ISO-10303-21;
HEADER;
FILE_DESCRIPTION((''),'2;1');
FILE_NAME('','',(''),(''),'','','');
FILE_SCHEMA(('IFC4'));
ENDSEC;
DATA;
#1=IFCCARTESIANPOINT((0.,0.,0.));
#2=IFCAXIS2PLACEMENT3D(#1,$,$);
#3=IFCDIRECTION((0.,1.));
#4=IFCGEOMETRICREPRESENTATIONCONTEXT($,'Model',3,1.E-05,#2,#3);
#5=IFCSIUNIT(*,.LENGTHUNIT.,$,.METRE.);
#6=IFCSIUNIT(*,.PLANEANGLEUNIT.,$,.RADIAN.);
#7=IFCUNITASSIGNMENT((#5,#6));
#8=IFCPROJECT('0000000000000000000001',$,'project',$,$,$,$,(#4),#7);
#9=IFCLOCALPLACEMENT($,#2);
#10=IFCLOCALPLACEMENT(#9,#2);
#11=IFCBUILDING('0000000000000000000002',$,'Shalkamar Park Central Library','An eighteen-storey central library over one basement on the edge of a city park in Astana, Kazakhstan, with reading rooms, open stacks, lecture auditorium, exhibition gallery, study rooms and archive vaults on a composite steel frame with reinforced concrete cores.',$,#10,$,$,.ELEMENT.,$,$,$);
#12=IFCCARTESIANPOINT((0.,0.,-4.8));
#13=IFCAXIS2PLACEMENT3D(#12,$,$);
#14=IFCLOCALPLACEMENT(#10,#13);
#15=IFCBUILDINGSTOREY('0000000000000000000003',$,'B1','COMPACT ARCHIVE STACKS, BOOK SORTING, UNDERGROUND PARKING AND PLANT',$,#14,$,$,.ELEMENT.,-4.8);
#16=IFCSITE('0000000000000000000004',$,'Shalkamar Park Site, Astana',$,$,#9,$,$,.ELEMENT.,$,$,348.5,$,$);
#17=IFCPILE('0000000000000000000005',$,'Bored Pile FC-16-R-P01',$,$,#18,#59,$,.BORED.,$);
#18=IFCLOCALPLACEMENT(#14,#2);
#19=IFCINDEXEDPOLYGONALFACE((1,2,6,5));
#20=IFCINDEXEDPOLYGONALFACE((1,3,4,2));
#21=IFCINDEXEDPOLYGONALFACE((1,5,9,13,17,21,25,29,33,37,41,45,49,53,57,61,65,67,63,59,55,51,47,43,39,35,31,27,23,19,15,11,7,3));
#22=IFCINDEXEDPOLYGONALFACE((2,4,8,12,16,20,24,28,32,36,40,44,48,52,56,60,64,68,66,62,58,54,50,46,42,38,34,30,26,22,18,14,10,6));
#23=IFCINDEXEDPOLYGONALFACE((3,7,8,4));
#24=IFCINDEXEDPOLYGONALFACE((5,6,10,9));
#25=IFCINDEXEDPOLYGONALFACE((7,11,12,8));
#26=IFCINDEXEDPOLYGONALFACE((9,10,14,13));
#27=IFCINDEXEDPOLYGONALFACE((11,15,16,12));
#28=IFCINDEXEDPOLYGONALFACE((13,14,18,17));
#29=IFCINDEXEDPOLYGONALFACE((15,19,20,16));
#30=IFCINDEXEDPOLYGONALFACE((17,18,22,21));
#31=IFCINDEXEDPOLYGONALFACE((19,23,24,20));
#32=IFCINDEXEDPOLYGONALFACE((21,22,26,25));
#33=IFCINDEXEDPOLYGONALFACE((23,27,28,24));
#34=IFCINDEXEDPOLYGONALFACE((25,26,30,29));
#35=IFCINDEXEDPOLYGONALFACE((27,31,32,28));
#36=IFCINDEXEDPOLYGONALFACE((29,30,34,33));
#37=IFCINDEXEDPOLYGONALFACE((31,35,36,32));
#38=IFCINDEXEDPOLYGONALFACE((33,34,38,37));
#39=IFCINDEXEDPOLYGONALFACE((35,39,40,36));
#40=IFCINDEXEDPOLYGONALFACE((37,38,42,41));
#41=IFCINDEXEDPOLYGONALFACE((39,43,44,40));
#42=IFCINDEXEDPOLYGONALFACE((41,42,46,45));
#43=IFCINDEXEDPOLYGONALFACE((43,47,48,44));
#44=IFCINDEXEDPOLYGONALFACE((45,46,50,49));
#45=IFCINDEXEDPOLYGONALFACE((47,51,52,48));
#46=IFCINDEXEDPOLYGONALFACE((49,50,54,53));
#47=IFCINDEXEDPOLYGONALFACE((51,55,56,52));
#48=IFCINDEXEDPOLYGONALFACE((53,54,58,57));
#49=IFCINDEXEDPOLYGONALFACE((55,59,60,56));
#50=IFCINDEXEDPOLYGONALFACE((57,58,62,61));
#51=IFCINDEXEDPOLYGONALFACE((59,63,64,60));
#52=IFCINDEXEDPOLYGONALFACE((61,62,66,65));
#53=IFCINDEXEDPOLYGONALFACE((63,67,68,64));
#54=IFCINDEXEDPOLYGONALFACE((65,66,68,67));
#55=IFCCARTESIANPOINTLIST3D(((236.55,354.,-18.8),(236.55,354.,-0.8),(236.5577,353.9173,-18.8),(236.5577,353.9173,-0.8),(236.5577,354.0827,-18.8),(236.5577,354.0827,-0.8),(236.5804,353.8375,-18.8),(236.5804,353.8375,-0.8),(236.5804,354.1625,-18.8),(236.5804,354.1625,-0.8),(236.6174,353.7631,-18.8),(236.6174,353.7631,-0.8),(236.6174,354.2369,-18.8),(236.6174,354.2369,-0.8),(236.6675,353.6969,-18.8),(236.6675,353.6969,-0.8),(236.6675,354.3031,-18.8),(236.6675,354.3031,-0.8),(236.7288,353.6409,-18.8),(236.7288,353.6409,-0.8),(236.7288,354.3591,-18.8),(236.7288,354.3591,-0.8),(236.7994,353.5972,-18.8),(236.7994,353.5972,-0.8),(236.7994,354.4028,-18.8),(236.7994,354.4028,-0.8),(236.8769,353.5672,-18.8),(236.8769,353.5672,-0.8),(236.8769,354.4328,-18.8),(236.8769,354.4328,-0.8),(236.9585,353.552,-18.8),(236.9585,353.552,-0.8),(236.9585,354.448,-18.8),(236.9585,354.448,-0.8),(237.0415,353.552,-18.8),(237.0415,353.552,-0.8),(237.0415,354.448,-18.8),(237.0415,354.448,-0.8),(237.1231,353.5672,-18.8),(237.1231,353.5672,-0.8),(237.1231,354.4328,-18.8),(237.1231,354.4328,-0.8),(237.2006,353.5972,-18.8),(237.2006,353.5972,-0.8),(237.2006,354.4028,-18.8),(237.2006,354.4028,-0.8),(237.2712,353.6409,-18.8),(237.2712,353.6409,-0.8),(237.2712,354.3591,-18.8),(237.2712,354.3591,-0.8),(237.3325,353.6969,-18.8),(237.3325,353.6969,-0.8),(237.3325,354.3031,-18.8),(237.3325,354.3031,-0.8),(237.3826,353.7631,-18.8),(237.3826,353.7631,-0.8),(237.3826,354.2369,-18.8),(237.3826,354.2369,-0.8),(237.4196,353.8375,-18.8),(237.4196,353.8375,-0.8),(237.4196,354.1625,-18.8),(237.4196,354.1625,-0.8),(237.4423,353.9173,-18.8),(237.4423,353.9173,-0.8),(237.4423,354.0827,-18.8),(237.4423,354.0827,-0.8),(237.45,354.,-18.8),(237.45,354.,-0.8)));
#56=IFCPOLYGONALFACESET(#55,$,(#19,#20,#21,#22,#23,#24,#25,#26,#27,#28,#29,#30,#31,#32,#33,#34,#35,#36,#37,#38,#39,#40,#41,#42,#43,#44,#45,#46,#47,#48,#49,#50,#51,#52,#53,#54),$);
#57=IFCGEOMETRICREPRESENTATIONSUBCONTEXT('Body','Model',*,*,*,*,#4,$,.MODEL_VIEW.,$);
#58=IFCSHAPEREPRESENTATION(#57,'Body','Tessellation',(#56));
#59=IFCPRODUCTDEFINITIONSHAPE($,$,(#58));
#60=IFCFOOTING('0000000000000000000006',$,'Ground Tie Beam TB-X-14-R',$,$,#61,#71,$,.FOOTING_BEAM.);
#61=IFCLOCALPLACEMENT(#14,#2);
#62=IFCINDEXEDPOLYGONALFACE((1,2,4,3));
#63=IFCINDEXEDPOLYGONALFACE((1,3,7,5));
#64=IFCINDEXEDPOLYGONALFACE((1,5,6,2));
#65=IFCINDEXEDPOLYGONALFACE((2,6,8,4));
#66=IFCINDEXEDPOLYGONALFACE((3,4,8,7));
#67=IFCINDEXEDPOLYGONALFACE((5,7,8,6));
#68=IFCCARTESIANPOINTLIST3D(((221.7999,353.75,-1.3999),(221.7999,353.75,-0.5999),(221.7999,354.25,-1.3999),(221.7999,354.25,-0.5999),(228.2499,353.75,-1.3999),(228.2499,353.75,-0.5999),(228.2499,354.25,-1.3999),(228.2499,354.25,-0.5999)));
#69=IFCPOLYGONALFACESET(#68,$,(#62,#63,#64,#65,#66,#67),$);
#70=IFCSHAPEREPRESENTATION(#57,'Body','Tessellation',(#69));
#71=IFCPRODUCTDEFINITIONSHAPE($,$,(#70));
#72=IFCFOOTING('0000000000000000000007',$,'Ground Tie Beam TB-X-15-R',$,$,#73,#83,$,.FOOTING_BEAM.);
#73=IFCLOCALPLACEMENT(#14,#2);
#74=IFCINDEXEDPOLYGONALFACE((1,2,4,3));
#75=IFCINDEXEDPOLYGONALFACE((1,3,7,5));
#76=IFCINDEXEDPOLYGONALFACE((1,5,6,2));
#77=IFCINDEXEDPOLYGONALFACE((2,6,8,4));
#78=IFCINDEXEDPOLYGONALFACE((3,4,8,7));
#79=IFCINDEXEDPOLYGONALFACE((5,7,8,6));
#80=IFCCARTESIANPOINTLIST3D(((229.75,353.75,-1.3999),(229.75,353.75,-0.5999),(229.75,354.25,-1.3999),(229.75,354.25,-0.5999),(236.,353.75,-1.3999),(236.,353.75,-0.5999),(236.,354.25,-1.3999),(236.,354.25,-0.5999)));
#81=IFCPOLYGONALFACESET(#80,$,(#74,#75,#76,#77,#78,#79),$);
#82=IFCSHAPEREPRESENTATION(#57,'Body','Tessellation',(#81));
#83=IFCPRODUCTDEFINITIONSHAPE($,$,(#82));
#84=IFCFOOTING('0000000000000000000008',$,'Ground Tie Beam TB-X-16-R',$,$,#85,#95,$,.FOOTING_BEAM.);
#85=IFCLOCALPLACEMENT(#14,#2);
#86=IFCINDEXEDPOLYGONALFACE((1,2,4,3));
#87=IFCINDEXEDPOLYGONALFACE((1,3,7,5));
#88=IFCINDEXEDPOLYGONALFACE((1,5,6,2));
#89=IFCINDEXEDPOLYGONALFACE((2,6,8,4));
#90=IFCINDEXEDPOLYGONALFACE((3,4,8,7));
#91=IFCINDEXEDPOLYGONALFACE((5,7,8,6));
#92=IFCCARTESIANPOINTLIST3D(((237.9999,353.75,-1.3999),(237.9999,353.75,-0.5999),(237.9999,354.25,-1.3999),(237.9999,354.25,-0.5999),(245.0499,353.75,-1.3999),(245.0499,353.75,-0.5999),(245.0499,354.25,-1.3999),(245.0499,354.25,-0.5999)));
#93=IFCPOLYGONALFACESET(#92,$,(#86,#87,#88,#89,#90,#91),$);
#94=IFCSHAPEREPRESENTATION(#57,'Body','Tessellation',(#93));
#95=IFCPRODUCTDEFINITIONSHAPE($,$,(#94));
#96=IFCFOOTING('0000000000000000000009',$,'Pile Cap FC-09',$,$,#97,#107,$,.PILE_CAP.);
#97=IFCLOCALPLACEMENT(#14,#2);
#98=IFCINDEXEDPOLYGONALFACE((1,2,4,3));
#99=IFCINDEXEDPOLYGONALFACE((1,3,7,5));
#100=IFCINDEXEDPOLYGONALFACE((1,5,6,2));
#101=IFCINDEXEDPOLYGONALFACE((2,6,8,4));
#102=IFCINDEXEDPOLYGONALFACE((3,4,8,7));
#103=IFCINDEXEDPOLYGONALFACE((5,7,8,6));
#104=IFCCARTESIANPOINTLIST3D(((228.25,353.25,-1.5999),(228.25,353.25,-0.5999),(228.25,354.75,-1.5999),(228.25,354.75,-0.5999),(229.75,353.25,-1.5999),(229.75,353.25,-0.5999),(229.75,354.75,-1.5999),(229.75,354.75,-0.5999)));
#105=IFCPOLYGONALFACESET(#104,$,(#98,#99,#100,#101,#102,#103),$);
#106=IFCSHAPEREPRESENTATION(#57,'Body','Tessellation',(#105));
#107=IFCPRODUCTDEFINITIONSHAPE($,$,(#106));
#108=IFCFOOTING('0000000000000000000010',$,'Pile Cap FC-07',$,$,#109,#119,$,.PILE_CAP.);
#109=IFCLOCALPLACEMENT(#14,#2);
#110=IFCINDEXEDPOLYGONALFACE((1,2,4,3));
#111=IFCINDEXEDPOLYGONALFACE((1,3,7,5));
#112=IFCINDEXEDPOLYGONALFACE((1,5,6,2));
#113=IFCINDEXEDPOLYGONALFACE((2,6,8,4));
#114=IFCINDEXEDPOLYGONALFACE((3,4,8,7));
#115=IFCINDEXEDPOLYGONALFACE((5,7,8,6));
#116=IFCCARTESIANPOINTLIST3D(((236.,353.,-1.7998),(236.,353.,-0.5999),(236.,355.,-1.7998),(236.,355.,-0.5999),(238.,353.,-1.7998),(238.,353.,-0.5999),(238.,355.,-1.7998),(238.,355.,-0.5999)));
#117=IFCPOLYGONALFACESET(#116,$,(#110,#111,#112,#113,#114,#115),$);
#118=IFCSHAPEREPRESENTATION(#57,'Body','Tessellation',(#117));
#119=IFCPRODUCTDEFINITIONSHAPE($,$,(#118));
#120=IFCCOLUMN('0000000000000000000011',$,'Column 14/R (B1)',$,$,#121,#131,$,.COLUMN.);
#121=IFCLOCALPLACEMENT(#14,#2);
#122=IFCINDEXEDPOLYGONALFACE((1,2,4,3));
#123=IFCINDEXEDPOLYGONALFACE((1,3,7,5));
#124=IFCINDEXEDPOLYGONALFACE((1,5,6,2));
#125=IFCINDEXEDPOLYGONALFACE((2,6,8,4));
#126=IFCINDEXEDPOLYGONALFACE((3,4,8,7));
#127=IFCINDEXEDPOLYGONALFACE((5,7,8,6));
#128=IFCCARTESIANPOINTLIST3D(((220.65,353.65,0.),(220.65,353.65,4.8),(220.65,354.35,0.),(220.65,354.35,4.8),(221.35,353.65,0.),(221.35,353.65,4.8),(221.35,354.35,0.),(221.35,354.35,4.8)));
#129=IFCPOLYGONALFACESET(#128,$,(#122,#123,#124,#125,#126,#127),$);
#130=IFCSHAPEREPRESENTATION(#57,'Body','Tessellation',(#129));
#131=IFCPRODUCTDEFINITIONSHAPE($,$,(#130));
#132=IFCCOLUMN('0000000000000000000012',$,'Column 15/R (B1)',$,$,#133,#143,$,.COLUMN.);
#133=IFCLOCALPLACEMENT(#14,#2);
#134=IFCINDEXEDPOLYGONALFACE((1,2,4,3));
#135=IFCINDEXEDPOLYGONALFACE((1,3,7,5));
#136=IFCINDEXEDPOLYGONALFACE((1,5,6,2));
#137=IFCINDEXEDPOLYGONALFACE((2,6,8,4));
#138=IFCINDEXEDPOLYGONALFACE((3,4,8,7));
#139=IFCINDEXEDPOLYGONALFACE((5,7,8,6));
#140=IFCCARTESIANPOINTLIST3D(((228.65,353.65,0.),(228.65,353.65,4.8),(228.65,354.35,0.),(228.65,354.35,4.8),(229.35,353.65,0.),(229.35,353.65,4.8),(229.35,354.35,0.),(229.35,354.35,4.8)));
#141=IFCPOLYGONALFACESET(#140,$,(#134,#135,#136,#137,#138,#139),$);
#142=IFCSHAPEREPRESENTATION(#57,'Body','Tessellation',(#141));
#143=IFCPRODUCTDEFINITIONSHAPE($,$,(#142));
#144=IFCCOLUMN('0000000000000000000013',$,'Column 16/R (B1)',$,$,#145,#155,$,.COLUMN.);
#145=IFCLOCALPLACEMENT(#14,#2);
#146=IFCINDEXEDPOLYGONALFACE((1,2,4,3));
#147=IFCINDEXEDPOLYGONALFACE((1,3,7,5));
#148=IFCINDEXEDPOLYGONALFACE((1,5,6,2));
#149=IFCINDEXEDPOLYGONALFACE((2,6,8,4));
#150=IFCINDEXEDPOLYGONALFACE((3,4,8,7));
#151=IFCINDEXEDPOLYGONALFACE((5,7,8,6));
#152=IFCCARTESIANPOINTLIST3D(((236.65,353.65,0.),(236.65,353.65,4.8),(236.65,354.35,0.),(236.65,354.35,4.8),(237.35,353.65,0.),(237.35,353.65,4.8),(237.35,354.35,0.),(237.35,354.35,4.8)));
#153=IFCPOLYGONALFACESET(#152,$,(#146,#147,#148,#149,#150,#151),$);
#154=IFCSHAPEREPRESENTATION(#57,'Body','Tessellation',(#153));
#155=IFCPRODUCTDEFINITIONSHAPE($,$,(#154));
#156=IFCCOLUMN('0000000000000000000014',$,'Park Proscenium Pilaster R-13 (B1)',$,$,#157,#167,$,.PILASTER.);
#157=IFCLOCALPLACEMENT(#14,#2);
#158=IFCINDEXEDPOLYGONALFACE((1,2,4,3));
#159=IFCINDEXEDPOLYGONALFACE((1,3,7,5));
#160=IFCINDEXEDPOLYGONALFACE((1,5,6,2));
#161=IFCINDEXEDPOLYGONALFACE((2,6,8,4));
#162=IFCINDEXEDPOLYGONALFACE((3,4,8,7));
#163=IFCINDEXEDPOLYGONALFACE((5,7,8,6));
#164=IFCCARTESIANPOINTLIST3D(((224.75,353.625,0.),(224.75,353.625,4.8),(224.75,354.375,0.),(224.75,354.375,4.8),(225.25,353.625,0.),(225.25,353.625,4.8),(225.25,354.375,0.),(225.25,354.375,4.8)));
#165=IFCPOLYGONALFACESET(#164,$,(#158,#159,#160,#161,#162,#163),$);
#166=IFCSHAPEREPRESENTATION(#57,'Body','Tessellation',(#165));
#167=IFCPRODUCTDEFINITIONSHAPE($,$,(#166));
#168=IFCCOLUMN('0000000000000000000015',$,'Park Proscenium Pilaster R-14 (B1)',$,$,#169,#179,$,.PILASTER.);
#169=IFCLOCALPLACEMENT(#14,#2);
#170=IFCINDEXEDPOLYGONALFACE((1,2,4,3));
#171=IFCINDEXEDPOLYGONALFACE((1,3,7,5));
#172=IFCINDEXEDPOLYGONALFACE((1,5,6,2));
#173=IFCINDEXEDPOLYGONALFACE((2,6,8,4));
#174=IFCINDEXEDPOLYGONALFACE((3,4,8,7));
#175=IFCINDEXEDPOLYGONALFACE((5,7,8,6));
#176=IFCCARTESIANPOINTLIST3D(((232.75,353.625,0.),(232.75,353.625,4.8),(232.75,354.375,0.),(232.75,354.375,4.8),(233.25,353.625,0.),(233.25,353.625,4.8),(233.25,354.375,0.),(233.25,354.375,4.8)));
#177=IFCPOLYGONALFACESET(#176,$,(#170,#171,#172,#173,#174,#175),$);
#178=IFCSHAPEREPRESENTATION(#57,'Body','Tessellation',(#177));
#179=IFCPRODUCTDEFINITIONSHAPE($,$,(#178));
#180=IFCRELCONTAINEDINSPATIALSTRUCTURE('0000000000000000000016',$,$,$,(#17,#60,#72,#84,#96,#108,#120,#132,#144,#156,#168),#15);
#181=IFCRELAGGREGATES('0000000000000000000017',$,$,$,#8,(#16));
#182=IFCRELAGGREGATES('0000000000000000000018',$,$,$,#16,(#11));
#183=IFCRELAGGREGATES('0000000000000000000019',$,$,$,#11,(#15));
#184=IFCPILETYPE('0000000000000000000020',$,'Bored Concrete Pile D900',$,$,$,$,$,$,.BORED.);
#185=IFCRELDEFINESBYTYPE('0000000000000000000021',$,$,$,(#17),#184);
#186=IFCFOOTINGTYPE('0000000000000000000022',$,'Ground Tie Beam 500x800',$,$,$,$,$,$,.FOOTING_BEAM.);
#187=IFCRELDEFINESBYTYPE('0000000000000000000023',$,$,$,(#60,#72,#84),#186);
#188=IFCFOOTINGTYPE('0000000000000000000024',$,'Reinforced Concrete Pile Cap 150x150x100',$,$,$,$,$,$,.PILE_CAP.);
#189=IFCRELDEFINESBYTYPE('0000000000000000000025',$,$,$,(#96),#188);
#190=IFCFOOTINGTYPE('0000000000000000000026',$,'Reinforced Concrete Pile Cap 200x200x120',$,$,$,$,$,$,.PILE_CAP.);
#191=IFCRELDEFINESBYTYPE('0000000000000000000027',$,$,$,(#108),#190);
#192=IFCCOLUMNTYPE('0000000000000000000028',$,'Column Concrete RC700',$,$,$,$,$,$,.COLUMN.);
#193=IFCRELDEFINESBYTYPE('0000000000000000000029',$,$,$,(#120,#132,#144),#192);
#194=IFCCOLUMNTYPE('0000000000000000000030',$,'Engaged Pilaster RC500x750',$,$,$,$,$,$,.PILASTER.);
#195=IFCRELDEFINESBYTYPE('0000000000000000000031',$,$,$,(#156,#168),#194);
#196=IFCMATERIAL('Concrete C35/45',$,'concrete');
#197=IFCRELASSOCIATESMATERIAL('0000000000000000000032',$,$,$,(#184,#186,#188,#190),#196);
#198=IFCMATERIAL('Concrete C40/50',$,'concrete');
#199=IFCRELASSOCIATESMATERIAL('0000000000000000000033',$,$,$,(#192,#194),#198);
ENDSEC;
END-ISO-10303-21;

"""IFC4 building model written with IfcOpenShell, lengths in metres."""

from ifc_helpers import new_model, si_unit, direction, frame, origin, origin_2d, place, context, subcontext, project, spatial, rectangle, circle, extrude, material, material_profile, profile_set, type_object, element, save


model = new_model("IFC4")

# Units and contexts
model_context = context("Model", 3, precision=1e-05, world=origin(), true_north=direction((0.0, 1.0)))
body_context = subcontext(model_context, "Body", "Model", "MODEL_VIEW")
ifc_project = project(units=[si_unit("LENGTHUNIT", "METRE"), si_unit("PLANEANGLEUNIT", "RADIAN")], contexts=[model_context])

# Site, building, storey
site_placement = place(None, origin())
site = spatial("IfcSite", under=ifc_project, at=site_placement, Name="Shalkamar Park Site, Astana", CompositionType="ELEMENT", RefElevation=348.5)
building_placement = place(site_placement, origin())
building = spatial("IfcBuilding", under=site, at=building_placement, Name="Shalkamar Park Central Library", Description="An eighteen-storey central library over one basement on the edge of a city park in Astana, Kazakhstan, with reading rooms, open stacks, lecture auditorium, exhibition gallery, study rooms and archive vaults on a composite steel frame with reinforced concrete cores.", CompositionType="ELEMENT")
storey_placement = place(building_placement, frame((0.0, 0.0, -4.8)))
storey = spatial("IfcBuildingStorey", under=building, at=storey_placement, Name="B1", Description="COMPACT ARCHIVE STACKS, BOOK SORTING, UNDERGROUND PARKING AND PLANT", CompositionType="ELEMENT", Elevation=-4.8)

# Pile
ifc_material_1 = material(Name="Concrete C35/45", Category="concrete")
ifc_material_profile_1 = material_profile(ifc_material_1, circle(Radius=0.45, at=origin_2d()), Name="PILE D900")
ifc_profile_set_1 = profile_set([ifc_material_profile_1], Name="Concrete C35/45")
pile_type_1 = type_object("IfcPileType", Name="Bored Concrete Pile D900", PredefinedType="BORED", material=ifc_profile_set_1)
pile_placement = place(storey_placement, frame((237.0, 354.0, -0.8), z_axis=(0.0, 0.0, -1.0), x_axis=(1.0, 0.0, 0.0)))
element("IfcPile", 1, at=pile_placement, inside=storey, type_object=pile_type_1, Name="Bored Pile FC-16-R-P01", PredefinedType="BORED", context=body_context, shape_type="SweptSolid", body=[
    extrude(circle(Radius=0.45, at=origin_2d()), origin(), (0.0, 0.0, 1.0), 18.0),
])

# Footings
footing_type_1 = type_object("IfcFootingType", Name="Ground Tie Beam 500x800", PredefinedType="FOOTING_BEAM", material=ifc_material_1)
footing_1_placement = place(storey_placement, frame((225.0249, 354.0, -1.3999), z_axis=(0.0, 0.0, 1.0), x_axis=(1.0, 0.0, 0.0)))
element("IfcFooting", 2, at=footing_1_placement, inside=storey, type_object=footing_type_1, Name="Ground Tie Beam TB-X-14-R", PredefinedType="FOOTING_BEAM", context=body_context, shape_type="SweptSolid", body=[
    extrude(rectangle(XDim=6.45, YDim=0.5, at=origin_2d()), origin(), (0.0, 0.0, 1.0), 0.8),
])
footing_2_placement = place(storey_placement, frame((232.875, 354.0, -1.3999), z_axis=(0.0, 0.0, 1.0), x_axis=(1.0, 0.0, 0.0)))
element("IfcFooting", 3, at=footing_2_placement, inside=storey, type_object=footing_type_1, Name="Ground Tie Beam TB-X-15-R", PredefinedType="FOOTING_BEAM", context=body_context, shape_type="SweptSolid", body=[
    extrude(rectangle(XDim=6.25, YDim=0.5, at=origin_2d()), origin(), (0.0, 0.0, 1.0), 0.8),
])
footing_3_placement = place(storey_placement, frame((241.5249, 354.0, -1.3999), z_axis=(0.0, 0.0, 1.0), x_axis=(1.0, 0.0, 0.0)))
element("IfcFooting", 4, at=footing_3_placement, inside=storey, type_object=footing_type_1, Name="Ground Tie Beam TB-X-16-R", PredefinedType="FOOTING_BEAM", context=body_context, shape_type="SweptSolid", body=[
    extrude(rectangle(XDim=7.05, YDim=0.5, at=origin_2d()), origin(), (0.0, 0.0, 1.0), 0.8),
])
footing_type_2 = type_object("IfcFootingType", Name="Reinforced Concrete Pile Cap 150x150x100", PredefinedType="PILE_CAP", material=ifc_material_1)
footing_4_placement = place(storey_placement, frame((229.0, 354.0, -1.5999), z_axis=(0.0, 0.0, 1.0), x_axis=(1.0, 0.0, 0.0)))
element("IfcFooting", 5, at=footing_4_placement, inside=storey, type_object=footing_type_2, Name="Pile Cap FC-09", PredefinedType="PILE_CAP", context=body_context, shape_type="SweptSolid", body=[
    extrude(rectangle(XDim=1.5, YDim=1.5, at=origin_2d()), origin(), (0.0, 0.0, 1.0), 1.0),
])
footing_type_3 = type_object("IfcFootingType", Name="Reinforced Concrete Pile Cap 200x200x120", PredefinedType="PILE_CAP", material=ifc_material_1)
footing_5_placement = place(storey_placement, frame((237.0, 354.0, -1.7998), z_axis=(0.0, 0.0, 1.0), x_axis=(1.0, 0.0, 0.0)))
element("IfcFooting", 6, at=footing_5_placement, inside=storey, type_object=footing_type_3, Name="Pile Cap FC-07", PredefinedType="PILE_CAP", context=body_context, shape_type="SweptSolid", body=[
    extrude(rectangle(XDim=2.0, YDim=2.0, at=origin_2d()), origin(), (0.0, 0.0, 1.0), 1.2),
])

# Columns
ifc_material_2 = material(Name="Concrete C40/50", Category="concrete")
ifc_material_profile_2 = material_profile(ifc_material_2, rectangle(XDim=0.7, YDim=0.7, at=origin_2d()), Name="RC 700x700")
ifc_profile_set_2 = profile_set([ifc_material_profile_2], Name="Concrete C40/50")
column_type_1 = type_object("IfcColumnType", Name="Column Concrete RC700", PredefinedType="COLUMN", material=ifc_profile_set_2)
for number, where, z_axis, x_axis, name in (
    (7, (221.0, 354.0, 0.0), (0.0, 0.0, 1.0), (1.0, 0.0, 0.0), "Column 14/R (B1)"),
    (8, (229.0, 354.0, 0.0), (0.0, 0.0, 1.0), (1.0, 0.0, 0.0), "Column 15/R (B1)"),
    (9, (237.0, 354.0, 0.0), (0.0, 0.0, 1.0), (1.0, 0.0, 0.0), "Column 16/R (B1)"),
):
    element("IfcColumn", number, at=place(storey_placement, frame(where, z_axis=z_axis, x_axis=x_axis)), inside=storey, type_object=column_type_1, Name=name, PredefinedType="COLUMN", context=body_context, shape_type="SweptSolid", body=[
        extrude(rectangle(XDim=0.7, YDim=0.7, at=origin_2d()), origin(), (0.0, 0.0, 1.0), 4.8),
    ])
ifc_material_profile_3 = material_profile(ifc_material_2, rectangle(XDim=0.5, YDim=0.75, at=origin_2d()), Name="RC 500x750")
ifc_profile_set_3 = profile_set([ifc_material_profile_3], Name="Concrete C40/50")
column_type_2 = type_object("IfcColumnType", Name="Engaged Pilaster RC500x750", PredefinedType="PILASTER", material=ifc_profile_set_3)
for number, where, z_axis, x_axis, name in (
    (10, (225.0, 354.0, 0.0), (0.0, 0.0, 1.0), (1.0, 0.0, 0.0), "Park Proscenium Pilaster R-13 (B1)"),
    (11, (233.0, 354.0, 0.0), (0.0, 0.0, 1.0), (1.0, 0.0, 0.0), "Park Proscenium Pilaster R-14 (B1)"),
):
    element("IfcColumn", number, at=place(storey_placement, frame(where, z_axis=z_axis, x_axis=x_axis)), inside=storey, type_object=column_type_2, Name=name, PredefinedType="PILASTER", context=body_context, shape_type="SweptSolid", body=[
        extrude(rectangle(XDim=0.5, YDim=0.75, at=origin_2d()), origin(), (0.0, 0.0, 1.0), 4.8),
    ])

save(model, "model.ifc")
